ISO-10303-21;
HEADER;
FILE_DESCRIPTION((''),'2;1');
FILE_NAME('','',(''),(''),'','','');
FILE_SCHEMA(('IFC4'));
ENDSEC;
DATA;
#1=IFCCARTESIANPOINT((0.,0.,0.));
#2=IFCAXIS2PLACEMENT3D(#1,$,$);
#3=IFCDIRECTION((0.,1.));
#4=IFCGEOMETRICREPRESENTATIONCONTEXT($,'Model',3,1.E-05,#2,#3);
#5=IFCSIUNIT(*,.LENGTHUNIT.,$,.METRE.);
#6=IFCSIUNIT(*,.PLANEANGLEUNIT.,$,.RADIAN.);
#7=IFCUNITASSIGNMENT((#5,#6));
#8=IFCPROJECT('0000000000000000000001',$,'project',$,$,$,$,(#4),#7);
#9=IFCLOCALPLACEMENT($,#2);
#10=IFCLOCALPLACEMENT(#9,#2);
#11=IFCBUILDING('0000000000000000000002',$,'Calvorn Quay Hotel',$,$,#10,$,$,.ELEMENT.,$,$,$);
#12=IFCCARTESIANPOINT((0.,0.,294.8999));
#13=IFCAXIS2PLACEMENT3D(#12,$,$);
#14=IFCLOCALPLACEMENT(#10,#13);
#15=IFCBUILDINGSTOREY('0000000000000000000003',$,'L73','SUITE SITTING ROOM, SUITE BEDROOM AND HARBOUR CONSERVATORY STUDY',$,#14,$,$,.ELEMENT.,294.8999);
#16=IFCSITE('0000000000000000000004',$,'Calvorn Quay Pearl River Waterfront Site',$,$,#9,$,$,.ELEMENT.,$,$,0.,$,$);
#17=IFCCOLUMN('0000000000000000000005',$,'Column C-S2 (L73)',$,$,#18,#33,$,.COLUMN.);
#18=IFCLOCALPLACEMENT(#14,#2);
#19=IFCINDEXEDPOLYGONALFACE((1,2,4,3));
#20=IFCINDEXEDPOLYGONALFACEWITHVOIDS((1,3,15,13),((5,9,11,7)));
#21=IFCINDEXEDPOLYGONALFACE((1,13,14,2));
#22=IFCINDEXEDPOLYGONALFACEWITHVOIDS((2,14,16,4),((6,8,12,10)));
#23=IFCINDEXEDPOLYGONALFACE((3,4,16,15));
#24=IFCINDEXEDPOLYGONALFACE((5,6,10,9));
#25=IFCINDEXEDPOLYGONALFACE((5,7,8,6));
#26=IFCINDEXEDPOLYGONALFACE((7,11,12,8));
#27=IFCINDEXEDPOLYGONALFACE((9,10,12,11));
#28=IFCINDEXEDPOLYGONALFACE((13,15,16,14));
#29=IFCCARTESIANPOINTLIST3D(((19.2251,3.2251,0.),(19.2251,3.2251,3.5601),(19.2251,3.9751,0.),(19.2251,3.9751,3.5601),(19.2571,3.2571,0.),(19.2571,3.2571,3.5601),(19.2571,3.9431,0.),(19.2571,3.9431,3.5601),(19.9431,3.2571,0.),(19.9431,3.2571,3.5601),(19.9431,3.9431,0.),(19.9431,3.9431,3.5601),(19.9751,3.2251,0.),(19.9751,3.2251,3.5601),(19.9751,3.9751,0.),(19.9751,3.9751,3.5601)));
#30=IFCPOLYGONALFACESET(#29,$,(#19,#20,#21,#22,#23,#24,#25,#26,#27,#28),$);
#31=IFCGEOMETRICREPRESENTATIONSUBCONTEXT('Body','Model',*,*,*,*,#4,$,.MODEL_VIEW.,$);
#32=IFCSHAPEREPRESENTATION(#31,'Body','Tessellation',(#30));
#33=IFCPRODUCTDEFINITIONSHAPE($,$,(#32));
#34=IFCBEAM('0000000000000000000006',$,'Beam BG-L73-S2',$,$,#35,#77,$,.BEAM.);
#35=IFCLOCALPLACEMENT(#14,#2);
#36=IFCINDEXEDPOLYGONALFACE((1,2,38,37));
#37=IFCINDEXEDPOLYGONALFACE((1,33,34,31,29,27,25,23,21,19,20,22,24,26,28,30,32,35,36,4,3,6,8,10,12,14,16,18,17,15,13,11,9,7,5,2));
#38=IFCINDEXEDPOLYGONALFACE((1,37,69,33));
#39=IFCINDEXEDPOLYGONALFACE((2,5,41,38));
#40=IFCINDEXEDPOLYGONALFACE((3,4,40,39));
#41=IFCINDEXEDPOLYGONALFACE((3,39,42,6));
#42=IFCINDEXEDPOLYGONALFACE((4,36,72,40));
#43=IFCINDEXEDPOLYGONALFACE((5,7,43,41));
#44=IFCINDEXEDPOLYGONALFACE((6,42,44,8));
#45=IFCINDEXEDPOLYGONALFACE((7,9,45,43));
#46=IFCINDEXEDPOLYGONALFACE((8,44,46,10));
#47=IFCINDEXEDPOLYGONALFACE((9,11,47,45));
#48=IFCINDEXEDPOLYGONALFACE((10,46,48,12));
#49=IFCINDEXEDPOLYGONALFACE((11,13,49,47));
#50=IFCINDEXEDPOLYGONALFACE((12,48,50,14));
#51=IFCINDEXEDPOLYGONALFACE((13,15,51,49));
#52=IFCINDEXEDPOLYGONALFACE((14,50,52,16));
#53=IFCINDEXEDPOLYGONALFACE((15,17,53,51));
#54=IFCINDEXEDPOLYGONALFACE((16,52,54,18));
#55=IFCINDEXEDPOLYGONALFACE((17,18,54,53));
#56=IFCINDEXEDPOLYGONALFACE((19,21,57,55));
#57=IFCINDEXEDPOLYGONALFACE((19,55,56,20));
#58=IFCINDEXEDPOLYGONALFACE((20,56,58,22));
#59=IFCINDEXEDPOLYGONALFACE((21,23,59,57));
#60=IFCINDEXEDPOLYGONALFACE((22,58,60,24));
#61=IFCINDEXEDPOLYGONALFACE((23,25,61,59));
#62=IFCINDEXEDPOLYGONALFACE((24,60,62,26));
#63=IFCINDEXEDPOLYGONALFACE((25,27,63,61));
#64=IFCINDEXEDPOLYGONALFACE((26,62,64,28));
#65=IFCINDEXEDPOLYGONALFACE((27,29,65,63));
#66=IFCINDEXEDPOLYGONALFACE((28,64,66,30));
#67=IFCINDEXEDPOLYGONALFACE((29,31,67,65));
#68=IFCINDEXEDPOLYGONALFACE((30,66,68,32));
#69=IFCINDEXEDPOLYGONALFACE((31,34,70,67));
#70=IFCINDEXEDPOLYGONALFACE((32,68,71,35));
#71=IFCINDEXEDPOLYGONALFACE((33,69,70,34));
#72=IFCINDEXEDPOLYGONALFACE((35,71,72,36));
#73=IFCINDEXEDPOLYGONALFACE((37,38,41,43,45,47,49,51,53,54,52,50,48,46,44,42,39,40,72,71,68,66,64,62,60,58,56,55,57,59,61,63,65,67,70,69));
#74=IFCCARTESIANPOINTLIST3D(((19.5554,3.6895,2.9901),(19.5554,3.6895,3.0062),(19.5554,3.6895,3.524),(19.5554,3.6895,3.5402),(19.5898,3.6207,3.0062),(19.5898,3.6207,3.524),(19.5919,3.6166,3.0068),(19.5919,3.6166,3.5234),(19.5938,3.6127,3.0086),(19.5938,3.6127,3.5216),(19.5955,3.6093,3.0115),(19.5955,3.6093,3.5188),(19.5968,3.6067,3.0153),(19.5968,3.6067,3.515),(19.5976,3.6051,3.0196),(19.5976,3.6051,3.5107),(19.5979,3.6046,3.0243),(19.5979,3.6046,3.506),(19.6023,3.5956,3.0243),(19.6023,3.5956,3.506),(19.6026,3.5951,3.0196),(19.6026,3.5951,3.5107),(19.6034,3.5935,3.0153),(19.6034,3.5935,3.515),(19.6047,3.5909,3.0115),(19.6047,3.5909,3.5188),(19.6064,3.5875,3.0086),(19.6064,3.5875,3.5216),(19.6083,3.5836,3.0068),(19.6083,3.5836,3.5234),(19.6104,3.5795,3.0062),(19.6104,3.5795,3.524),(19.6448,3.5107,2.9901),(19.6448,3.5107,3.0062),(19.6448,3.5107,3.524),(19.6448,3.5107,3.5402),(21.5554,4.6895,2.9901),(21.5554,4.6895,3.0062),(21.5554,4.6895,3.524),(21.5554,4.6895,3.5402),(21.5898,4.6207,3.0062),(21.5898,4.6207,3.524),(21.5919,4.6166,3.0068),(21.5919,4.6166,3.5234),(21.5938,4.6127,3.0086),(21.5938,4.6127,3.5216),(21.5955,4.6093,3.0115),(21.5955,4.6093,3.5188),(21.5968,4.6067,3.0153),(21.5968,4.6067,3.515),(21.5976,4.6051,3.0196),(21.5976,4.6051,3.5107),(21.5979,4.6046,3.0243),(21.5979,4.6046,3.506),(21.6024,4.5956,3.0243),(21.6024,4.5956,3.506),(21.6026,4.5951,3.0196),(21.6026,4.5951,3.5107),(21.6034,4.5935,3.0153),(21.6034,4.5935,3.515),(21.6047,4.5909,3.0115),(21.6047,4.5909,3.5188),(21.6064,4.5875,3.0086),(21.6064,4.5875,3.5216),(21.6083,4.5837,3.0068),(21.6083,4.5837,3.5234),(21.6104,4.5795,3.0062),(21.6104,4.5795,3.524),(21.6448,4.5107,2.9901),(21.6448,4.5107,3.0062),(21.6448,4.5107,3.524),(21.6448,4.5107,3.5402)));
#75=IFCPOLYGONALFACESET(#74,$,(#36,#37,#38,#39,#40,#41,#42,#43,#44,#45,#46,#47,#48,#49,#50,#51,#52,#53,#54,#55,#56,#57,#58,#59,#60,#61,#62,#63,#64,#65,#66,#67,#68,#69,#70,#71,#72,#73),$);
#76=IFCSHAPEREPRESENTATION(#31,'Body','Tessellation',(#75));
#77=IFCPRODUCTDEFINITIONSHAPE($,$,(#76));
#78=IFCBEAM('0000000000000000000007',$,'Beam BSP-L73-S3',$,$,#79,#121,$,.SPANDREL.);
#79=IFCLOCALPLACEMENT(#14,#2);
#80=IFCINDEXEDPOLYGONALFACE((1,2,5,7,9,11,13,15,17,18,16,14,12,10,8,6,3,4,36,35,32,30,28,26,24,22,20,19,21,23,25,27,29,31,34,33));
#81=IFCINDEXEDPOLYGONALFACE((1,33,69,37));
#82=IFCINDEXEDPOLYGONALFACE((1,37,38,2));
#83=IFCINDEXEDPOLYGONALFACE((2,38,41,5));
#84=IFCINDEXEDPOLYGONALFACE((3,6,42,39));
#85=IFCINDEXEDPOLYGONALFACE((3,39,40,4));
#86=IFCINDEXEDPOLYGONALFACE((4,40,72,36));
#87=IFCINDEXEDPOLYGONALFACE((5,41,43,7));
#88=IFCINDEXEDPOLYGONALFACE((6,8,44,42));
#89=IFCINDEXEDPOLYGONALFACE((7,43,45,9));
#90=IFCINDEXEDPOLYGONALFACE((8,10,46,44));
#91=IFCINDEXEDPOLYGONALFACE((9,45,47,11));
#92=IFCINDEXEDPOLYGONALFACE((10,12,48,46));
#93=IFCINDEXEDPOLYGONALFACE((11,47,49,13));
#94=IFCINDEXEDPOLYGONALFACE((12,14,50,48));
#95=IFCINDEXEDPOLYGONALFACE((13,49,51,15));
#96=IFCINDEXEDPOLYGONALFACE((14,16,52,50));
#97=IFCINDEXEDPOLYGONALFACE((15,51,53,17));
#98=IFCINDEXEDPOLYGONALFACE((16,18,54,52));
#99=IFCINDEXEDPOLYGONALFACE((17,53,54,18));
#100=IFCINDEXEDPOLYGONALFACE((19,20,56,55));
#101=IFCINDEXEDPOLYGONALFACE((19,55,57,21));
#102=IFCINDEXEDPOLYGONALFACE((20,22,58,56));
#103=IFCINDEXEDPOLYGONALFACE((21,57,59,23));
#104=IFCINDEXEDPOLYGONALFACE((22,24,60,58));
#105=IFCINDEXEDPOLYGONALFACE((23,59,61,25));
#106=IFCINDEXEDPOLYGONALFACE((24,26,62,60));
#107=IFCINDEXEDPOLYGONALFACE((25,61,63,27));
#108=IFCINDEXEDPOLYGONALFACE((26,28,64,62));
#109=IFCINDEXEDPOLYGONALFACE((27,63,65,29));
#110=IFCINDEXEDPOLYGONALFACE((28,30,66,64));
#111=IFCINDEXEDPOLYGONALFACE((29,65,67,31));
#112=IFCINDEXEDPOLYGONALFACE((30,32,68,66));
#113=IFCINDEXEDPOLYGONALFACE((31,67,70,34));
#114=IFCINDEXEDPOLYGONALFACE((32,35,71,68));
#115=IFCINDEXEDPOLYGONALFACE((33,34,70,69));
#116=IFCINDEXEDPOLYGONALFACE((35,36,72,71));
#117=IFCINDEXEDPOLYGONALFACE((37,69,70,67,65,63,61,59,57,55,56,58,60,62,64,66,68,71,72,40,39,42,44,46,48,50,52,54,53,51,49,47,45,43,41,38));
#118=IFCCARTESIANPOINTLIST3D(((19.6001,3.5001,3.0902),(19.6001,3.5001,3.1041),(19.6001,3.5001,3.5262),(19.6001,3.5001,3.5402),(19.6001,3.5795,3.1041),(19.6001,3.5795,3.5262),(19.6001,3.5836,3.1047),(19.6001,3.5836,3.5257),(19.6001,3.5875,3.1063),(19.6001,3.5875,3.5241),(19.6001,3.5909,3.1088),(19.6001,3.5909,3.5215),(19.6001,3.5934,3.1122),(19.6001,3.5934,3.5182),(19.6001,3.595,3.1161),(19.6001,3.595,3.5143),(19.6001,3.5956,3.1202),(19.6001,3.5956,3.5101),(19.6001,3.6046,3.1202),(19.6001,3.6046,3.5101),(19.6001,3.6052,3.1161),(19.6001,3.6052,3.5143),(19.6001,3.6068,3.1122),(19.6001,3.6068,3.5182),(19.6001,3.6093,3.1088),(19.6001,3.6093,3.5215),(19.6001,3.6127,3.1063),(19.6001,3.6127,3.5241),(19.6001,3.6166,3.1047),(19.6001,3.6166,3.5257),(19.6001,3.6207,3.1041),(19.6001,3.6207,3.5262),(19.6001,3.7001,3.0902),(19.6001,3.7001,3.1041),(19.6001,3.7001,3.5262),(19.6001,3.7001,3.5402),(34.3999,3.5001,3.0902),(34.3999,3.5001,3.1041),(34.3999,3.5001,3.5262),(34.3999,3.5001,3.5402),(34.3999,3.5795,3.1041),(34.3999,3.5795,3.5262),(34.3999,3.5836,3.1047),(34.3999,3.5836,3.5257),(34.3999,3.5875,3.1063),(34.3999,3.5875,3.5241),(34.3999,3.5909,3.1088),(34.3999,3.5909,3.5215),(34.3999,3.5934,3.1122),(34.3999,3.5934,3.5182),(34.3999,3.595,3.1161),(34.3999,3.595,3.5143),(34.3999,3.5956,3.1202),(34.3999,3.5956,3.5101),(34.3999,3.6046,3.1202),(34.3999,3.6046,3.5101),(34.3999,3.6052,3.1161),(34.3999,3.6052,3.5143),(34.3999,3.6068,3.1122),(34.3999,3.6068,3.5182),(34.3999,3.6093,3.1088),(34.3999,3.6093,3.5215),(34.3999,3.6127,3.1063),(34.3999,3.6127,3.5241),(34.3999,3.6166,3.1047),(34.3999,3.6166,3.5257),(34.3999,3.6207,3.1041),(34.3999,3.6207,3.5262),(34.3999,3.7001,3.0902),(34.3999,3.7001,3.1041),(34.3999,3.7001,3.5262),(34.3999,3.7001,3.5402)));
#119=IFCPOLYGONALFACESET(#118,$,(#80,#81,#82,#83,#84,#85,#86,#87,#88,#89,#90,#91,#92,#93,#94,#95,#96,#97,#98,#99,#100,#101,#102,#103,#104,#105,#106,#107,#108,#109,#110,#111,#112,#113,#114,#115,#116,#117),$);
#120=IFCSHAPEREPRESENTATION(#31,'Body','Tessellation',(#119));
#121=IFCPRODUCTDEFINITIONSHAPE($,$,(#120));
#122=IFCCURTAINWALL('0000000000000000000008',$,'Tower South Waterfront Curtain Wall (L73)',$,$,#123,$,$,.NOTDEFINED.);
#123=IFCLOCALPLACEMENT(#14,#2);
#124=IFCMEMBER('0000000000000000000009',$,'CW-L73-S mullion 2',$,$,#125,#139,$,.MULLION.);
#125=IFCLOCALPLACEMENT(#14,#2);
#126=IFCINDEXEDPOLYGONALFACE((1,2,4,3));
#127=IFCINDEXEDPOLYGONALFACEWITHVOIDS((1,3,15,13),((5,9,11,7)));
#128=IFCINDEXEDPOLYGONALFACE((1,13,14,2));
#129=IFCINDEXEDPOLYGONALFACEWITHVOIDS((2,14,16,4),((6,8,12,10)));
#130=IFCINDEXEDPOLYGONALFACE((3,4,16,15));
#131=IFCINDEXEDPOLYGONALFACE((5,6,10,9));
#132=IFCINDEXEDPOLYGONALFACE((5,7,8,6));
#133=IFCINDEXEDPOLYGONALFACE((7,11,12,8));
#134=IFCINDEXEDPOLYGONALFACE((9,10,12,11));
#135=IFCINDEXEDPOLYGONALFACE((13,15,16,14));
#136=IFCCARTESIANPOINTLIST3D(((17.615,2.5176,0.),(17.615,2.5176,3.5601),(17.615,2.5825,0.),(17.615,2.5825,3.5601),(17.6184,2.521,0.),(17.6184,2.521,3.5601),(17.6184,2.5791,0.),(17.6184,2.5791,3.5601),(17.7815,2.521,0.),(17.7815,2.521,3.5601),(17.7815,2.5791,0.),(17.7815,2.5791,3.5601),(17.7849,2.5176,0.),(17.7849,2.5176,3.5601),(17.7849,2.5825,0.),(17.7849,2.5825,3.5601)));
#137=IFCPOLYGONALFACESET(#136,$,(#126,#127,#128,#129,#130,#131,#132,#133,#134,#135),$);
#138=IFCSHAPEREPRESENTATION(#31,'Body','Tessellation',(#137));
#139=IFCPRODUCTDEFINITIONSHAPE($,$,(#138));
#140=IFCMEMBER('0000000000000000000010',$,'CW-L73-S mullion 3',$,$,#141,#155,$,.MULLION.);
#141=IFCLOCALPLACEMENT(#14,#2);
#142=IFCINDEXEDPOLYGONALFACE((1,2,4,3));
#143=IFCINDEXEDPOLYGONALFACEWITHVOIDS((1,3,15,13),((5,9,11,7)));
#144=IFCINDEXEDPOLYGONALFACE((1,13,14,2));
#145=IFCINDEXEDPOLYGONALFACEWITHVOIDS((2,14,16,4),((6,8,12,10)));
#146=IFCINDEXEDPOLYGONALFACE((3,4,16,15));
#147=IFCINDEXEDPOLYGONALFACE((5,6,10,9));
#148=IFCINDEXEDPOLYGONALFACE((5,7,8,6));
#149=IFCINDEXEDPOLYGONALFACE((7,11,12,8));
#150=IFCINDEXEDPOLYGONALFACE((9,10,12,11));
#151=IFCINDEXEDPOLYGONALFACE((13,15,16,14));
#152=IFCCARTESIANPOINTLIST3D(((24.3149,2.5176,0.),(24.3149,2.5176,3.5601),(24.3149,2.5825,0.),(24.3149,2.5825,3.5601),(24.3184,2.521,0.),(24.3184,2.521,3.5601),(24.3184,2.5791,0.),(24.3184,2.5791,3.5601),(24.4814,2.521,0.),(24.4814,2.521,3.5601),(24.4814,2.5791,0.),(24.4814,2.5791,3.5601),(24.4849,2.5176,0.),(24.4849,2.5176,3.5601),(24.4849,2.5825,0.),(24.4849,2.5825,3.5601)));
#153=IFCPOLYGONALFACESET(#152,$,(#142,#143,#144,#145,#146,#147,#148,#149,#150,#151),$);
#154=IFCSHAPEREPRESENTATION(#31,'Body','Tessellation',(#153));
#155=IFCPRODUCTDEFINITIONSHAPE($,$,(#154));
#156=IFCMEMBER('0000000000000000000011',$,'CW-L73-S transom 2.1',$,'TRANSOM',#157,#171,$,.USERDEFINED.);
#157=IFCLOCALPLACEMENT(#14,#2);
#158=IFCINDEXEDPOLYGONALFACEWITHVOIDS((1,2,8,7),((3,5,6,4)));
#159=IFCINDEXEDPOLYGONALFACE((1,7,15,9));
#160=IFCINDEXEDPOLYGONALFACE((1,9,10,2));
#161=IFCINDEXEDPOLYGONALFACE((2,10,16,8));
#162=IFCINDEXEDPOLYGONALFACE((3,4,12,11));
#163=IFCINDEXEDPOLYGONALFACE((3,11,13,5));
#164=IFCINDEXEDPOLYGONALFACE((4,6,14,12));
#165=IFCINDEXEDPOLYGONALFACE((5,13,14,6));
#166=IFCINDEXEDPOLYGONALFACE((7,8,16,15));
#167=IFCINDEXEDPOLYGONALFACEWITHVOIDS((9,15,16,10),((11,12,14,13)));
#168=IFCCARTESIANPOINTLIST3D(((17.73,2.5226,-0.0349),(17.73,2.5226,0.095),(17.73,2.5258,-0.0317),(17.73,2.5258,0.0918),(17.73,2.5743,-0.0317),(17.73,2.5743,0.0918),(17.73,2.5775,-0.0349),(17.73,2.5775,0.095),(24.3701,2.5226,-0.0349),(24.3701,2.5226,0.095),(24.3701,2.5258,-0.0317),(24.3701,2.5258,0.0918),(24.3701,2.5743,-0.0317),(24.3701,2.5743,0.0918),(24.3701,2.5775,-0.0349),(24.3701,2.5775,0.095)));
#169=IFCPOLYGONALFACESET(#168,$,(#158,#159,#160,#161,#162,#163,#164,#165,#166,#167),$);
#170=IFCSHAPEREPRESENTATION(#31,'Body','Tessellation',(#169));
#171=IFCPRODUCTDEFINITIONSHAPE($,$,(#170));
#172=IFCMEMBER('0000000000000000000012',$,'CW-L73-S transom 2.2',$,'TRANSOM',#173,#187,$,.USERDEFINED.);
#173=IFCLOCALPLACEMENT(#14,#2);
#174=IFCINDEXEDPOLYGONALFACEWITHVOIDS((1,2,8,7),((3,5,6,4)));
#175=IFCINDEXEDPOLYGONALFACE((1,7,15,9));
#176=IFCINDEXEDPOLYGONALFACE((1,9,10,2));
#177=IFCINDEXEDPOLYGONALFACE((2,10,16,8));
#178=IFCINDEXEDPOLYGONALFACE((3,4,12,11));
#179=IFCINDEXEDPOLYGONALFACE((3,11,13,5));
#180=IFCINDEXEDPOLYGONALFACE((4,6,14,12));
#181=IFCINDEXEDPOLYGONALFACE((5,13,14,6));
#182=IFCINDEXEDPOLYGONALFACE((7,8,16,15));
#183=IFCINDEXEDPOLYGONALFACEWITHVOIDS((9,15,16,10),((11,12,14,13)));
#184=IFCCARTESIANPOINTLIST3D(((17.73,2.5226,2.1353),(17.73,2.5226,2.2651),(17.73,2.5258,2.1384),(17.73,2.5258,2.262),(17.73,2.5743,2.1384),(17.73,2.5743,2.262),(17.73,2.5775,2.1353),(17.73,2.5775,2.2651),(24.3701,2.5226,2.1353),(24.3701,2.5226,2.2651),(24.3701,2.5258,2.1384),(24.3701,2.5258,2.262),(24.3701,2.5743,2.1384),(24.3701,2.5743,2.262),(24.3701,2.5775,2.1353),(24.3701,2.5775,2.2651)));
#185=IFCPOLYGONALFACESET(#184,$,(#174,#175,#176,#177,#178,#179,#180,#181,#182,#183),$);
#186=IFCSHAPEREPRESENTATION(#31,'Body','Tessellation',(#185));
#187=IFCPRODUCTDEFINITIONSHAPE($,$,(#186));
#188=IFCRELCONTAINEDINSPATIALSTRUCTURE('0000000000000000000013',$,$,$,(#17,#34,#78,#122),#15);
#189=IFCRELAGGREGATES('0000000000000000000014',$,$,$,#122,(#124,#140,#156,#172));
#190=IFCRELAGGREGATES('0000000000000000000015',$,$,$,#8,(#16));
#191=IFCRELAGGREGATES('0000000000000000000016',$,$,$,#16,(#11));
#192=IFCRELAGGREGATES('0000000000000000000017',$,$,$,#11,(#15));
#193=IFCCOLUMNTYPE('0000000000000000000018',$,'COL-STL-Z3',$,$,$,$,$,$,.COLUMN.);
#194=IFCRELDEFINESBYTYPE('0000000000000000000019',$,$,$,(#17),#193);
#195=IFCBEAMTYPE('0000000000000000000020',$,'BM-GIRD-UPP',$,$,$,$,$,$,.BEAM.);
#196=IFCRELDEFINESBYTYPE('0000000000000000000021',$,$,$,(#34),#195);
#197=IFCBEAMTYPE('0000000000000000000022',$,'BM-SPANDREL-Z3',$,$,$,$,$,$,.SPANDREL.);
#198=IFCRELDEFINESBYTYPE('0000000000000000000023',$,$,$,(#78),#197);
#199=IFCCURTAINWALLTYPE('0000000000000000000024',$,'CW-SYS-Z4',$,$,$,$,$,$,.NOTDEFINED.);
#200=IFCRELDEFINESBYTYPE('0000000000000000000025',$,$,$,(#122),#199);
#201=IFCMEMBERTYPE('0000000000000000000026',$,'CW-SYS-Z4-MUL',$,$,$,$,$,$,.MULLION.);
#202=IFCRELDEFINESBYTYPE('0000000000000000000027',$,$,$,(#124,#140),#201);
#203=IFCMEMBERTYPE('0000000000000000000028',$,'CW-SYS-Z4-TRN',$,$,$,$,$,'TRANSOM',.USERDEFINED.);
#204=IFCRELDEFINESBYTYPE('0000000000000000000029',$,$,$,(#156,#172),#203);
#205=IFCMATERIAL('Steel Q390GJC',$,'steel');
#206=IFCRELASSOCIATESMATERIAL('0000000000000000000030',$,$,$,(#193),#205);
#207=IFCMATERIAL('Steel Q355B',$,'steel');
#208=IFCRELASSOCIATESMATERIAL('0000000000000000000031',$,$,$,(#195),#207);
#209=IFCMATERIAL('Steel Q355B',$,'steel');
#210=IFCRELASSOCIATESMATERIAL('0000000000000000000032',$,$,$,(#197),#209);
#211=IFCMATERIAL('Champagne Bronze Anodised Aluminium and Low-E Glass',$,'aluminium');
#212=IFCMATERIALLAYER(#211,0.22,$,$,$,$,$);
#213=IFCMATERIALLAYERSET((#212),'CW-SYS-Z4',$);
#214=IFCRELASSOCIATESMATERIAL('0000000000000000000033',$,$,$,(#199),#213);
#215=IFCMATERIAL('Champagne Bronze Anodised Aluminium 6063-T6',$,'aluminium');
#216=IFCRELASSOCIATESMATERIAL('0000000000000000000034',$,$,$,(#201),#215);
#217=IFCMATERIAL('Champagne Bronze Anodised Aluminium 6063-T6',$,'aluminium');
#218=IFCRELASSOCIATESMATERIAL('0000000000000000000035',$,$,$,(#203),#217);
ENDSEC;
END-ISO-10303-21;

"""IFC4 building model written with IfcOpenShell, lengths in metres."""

from ifc_helpers import new_model, si_unit, direction, frame, origin, origin_2d, place, context, subcontext, project, spatial, hollow_rectangle, i_section, extrude, material, layer, layer_set, material_profile, profile_set, type_object, element, aggregate, save


model = new_model("IFC4")

# Units and contexts
model_context = context("Model", 3, precision=1e-05, world=origin(), true_north=direction((0.0, 1.0)))
body_context = subcontext(model_context, "Body", "Model", "MODEL_VIEW")
ifc_project = project(units=[si_unit("LENGTHUNIT", "METRE"), si_unit("PLANEANGLEUNIT", "RADIAN")], contexts=[model_context])

# Site, building, storey
site_placement = place(None, origin())
site = spatial("IfcSite", under=ifc_project, at=site_placement, Name="Calvorn Quay Pearl River Waterfront Site", CompositionType="ELEMENT", RefElevation=0.0)
building_placement = place(site_placement, origin())
building = spatial("IfcBuilding", under=site, at=building_placement, Name="Calvorn Quay Hotel", CompositionType="ELEMENT")
storey_placement = place(building_placement, frame((0.0, 0.0, 294.8999)))
storey = spatial("IfcBuildingStorey", under=building, at=storey_placement, Name="L73", Description="SUITE SITTING ROOM, SUITE BEDROOM AND HARBOUR CONSERVATORY STUDY", CompositionType="ELEMENT", Elevation=294.8999)

# Column
ifc_material_1 = material(Name="Steel Q390GJC", Category="steel")
ifc_material_profile_1 = material_profile(ifc_material_1, hollow_rectangle(XDim=0.75, YDim=0.75, WallThickness=0.032, at=origin_2d()), Name="BOX750x750x32")
ifc_profile_set_1 = profile_set([ifc_material_profile_1], Name="Steel Q390GJC")
column_type = type_object("IfcColumnType", Name="COL-STL-Z3", PredefinedType="COLUMN", material=ifc_profile_set_1)
column_placement = place(storey_placement, frame((19.6001, 3.6001, 0.0), z_axis=(0.0, 0.0, 1.0), x_axis=(1.0, 0.0, 0.0)))
element("IfcColumn", 1, at=column_placement, inside=storey, type_object=column_type, Name="Column C-S2 (L73)", PredefinedType="COLUMN", context=body_context, shape_type="SweptSolid", body=[
    extrude(hollow_rectangle(XDim=0.75, YDim=0.75, WallThickness=0.032, at=origin_2d()), origin(), (0.0, 0.0, 1.0), 3.5601),
])

# Beams
ifc_material_2 = material(Name="Steel Q355B", Category="steel")
ifc_material_profile_2 = material_profile(ifc_material_2, i_section(OverallWidth=0.2, OverallDepth=0.55, WebThickness=0.01, FlangeThickness=0.0161, FilletRadius=0.0181, at=origin_2d()), Name="HN550x200x10x16")
ifc_profile_set_2 = profile_set([ifc_material_profile_2], Name="Steel Q355B")
beam_type_1 = type_object("IfcBeamType", Name="BM-GIRD-UPP", PredefinedType="BEAM", material=ifc_profile_set_2)
beam_1_placement = place(storey_placement, frame((19.6001, 3.6001, 3.2651), z_axis=(0.894427, 0.447214, 0.0), x_axis=(-0.447214, 0.894427, 0.0)))
element("IfcBeam", 2, at=beam_1_placement, inside=storey, type_object=beam_type_1, Name="Beam BG-L73-S2", PredefinedType="BEAM", context=body_context, shape_type="SweptSolid", body=[
    extrude(i_section(OverallWidth=0.2, OverallDepth=0.55, WebThickness=0.01, FlangeThickness=0.0161, FilletRadius=0.0181, at=origin_2d()), origin(), (0.0, 0.0, 1.0), 2.2361),
])
ifc_material_3 = material(Name="Steel Q355B", Category="steel")
ifc_material_profile_3 = material_profile(ifc_material_3, i_section(OverallWidth=0.2, OverallDepth=0.45, WebThickness=0.009, FlangeThickness=0.0139, FilletRadius=0.0161, at=origin_2d()), Name="HN450x200x9x14")
ifc_profile_set_3 = profile_set([ifc_material_profile_3], Name="Steel Q355B")
beam_type_2 = type_object("IfcBeamType", Name="BM-SPANDREL-Z3", PredefinedType="SPANDREL", material=ifc_profile_set_3)
beam_2_placement = place(storey_placement, frame((19.6001, 3.6001, 3.3152), z_axis=(1.0, 0.0, 0.0), x_axis=(0.0, 1.0, 0.0)))
element("IfcBeam", 3, at=beam_2_placement, inside=storey, type_object=beam_type_2, Name="Beam BSP-L73-S3", PredefinedType="SPANDREL", context=body_context, shape_type="SweptSolid", body=[
    extrude(i_section(OverallWidth=0.2, OverallDepth=0.45, WebThickness=0.009, FlangeThickness=0.0139, FilletRadius=0.0161, at=origin_2d()), origin(), (0.0, 0.0, 1.0), 14.7998),
])

# Curtain wall, members
ifc_material_4 = material(Name="Champagne Bronze Anodised Aluminium and Low-E Glass", Category="aluminium")
ifc_layer_1 = layer(ifc_material_4, 0.22)
ifc_layer_set_1 = layer_set([ifc_layer_1], Name="CW-SYS-Z4")
curtain_wall_type = type_object("IfcCurtainWallType", Name="CW-SYS-Z4", PredefinedType="NOTDEFINED", material=ifc_layer_set_1)
curtain_wall_placement = place(storey_placement, origin())
curtain_wall = element("IfcCurtainWall", 4, at=curtain_wall_placement, inside=storey, type_object=curtain_wall_type, Name="Tower South Waterfront Curtain Wall (L73)", PredefinedType="NOTDEFINED")
ifc_material_5 = material(Name="Champagne Bronze Anodised Aluminium 6063-T6", Category="aluminium")
ifc_material_profile_4 = material_profile(ifc_material_5, hollow_rectangle(XDim=0.0649, YDim=0.1699, WallThickness=0.0034, at=origin_2d()), Name="ALU-M170x65x3.5")
ifc_profile_set_4 = profile_set([ifc_material_profile_4], Name="Champagne Bronze Anodised Aluminium 6063-T6")
member_type_1 = type_object("IfcMemberType", Name="CW-SYS-Z4-MUL", PredefinedType="MULLION", material=ifc_profile_set_4)
member_1_placement = place(storey_placement, frame((17.7, 2.55, 0.0), z_axis=(0.0, 0.0, 1.0), x_axis=(0.0, 1.0, 0.0)))
member_1 = element("IfcMember", 5, at=member_1_placement, type_object=member_type_1, Name="CW-L73-S mullion 2", PredefinedType="MULLION", context=body_context, shape_type="SweptSolid", body=[
    extrude(hollow_rectangle(XDim=0.0649, YDim=0.1699, WallThickness=0.0034, at=origin_2d()), origin(), (0.0, 0.0, 1.0), 3.5601),
])
member_2_placement = place(storey_placement, frame((24.3999, 2.55, 0.0), z_axis=(0.0, 0.0, 1.0), x_axis=(0.0, 1.0, 0.0)))
member_2 = element("IfcMember", 6, at=member_2_placement, type_object=member_type_1, Name="CW-L73-S mullion 3", PredefinedType="MULLION", context=body_context, shape_type="SweptSolid", body=[
    extrude(hollow_rectangle(XDim=0.0649, YDim=0.1699, WallThickness=0.0034, at=origin_2d()), origin(), (0.0, 0.0, 1.0), 3.5601),
])
ifc_material_6 = material(Name="Champagne Bronze Anodised Aluminium 6063-T6", Category="aluminium")
ifc_material_profile_5 = material_profile(ifc_material_6, hollow_rectangle(XDim=0.0549, YDim=0.1299, WallThickness=0.0032, at=origin_2d()), Name="ALU-T130x55x3.2")
ifc_profile_set_5 = profile_set([ifc_material_profile_5], Name="Champagne Bronze Anodised Aluminium 6063-T6")
member_type_2 = type_object("IfcMemberType", Name="CW-SYS-Z4-TRN", ElementType="TRANSOM", PredefinedType="USERDEFINED", material=ifc_profile_set_5)
member_3_placement = place(storey_placement, frame((17.73, 2.55, 0.03), z_axis=(1.0, 0.0, 0.0), x_axis=(0.0, 1.0, 0.0)))
member_3 = element("IfcMember", 7, at=member_3_placement, type_object=member_type_2, Name="CW-L73-S transom 2.1", ObjectType="TRANSOM", PredefinedType="USERDEFINED", context=body_context, shape_type="SweptSolid", body=[
    extrude(hollow_rectangle(XDim=0.0549, YDim=0.1299, WallThickness=0.0032, at=origin_2d()), origin(), (0.0, 0.0, 1.0), 6.6401),
])
member_4_placement = place(storey_placement, frame((17.73, 2.55, 2.2002), z_axis=(1.0, 0.0, 0.0), x_axis=(0.0, 1.0, 0.0)))
member_4 = element("IfcMember", 8, at=member_4_placement, type_object=member_type_2, Name="CW-L73-S transom 2.2", ObjectType="TRANSOM", PredefinedType="USERDEFINED", context=body_context, shape_type="SweptSolid", body=[
    extrude(hollow_rectangle(XDim=0.0549, YDim=0.1299, WallThickness=0.0032, at=origin_2d()), origin(), (0.0, 0.0, 1.0), 6.6401),
])
aggregate(curtain_wall, [member_1, member_2, member_3, member_4])

save(model, "model.ifc")
